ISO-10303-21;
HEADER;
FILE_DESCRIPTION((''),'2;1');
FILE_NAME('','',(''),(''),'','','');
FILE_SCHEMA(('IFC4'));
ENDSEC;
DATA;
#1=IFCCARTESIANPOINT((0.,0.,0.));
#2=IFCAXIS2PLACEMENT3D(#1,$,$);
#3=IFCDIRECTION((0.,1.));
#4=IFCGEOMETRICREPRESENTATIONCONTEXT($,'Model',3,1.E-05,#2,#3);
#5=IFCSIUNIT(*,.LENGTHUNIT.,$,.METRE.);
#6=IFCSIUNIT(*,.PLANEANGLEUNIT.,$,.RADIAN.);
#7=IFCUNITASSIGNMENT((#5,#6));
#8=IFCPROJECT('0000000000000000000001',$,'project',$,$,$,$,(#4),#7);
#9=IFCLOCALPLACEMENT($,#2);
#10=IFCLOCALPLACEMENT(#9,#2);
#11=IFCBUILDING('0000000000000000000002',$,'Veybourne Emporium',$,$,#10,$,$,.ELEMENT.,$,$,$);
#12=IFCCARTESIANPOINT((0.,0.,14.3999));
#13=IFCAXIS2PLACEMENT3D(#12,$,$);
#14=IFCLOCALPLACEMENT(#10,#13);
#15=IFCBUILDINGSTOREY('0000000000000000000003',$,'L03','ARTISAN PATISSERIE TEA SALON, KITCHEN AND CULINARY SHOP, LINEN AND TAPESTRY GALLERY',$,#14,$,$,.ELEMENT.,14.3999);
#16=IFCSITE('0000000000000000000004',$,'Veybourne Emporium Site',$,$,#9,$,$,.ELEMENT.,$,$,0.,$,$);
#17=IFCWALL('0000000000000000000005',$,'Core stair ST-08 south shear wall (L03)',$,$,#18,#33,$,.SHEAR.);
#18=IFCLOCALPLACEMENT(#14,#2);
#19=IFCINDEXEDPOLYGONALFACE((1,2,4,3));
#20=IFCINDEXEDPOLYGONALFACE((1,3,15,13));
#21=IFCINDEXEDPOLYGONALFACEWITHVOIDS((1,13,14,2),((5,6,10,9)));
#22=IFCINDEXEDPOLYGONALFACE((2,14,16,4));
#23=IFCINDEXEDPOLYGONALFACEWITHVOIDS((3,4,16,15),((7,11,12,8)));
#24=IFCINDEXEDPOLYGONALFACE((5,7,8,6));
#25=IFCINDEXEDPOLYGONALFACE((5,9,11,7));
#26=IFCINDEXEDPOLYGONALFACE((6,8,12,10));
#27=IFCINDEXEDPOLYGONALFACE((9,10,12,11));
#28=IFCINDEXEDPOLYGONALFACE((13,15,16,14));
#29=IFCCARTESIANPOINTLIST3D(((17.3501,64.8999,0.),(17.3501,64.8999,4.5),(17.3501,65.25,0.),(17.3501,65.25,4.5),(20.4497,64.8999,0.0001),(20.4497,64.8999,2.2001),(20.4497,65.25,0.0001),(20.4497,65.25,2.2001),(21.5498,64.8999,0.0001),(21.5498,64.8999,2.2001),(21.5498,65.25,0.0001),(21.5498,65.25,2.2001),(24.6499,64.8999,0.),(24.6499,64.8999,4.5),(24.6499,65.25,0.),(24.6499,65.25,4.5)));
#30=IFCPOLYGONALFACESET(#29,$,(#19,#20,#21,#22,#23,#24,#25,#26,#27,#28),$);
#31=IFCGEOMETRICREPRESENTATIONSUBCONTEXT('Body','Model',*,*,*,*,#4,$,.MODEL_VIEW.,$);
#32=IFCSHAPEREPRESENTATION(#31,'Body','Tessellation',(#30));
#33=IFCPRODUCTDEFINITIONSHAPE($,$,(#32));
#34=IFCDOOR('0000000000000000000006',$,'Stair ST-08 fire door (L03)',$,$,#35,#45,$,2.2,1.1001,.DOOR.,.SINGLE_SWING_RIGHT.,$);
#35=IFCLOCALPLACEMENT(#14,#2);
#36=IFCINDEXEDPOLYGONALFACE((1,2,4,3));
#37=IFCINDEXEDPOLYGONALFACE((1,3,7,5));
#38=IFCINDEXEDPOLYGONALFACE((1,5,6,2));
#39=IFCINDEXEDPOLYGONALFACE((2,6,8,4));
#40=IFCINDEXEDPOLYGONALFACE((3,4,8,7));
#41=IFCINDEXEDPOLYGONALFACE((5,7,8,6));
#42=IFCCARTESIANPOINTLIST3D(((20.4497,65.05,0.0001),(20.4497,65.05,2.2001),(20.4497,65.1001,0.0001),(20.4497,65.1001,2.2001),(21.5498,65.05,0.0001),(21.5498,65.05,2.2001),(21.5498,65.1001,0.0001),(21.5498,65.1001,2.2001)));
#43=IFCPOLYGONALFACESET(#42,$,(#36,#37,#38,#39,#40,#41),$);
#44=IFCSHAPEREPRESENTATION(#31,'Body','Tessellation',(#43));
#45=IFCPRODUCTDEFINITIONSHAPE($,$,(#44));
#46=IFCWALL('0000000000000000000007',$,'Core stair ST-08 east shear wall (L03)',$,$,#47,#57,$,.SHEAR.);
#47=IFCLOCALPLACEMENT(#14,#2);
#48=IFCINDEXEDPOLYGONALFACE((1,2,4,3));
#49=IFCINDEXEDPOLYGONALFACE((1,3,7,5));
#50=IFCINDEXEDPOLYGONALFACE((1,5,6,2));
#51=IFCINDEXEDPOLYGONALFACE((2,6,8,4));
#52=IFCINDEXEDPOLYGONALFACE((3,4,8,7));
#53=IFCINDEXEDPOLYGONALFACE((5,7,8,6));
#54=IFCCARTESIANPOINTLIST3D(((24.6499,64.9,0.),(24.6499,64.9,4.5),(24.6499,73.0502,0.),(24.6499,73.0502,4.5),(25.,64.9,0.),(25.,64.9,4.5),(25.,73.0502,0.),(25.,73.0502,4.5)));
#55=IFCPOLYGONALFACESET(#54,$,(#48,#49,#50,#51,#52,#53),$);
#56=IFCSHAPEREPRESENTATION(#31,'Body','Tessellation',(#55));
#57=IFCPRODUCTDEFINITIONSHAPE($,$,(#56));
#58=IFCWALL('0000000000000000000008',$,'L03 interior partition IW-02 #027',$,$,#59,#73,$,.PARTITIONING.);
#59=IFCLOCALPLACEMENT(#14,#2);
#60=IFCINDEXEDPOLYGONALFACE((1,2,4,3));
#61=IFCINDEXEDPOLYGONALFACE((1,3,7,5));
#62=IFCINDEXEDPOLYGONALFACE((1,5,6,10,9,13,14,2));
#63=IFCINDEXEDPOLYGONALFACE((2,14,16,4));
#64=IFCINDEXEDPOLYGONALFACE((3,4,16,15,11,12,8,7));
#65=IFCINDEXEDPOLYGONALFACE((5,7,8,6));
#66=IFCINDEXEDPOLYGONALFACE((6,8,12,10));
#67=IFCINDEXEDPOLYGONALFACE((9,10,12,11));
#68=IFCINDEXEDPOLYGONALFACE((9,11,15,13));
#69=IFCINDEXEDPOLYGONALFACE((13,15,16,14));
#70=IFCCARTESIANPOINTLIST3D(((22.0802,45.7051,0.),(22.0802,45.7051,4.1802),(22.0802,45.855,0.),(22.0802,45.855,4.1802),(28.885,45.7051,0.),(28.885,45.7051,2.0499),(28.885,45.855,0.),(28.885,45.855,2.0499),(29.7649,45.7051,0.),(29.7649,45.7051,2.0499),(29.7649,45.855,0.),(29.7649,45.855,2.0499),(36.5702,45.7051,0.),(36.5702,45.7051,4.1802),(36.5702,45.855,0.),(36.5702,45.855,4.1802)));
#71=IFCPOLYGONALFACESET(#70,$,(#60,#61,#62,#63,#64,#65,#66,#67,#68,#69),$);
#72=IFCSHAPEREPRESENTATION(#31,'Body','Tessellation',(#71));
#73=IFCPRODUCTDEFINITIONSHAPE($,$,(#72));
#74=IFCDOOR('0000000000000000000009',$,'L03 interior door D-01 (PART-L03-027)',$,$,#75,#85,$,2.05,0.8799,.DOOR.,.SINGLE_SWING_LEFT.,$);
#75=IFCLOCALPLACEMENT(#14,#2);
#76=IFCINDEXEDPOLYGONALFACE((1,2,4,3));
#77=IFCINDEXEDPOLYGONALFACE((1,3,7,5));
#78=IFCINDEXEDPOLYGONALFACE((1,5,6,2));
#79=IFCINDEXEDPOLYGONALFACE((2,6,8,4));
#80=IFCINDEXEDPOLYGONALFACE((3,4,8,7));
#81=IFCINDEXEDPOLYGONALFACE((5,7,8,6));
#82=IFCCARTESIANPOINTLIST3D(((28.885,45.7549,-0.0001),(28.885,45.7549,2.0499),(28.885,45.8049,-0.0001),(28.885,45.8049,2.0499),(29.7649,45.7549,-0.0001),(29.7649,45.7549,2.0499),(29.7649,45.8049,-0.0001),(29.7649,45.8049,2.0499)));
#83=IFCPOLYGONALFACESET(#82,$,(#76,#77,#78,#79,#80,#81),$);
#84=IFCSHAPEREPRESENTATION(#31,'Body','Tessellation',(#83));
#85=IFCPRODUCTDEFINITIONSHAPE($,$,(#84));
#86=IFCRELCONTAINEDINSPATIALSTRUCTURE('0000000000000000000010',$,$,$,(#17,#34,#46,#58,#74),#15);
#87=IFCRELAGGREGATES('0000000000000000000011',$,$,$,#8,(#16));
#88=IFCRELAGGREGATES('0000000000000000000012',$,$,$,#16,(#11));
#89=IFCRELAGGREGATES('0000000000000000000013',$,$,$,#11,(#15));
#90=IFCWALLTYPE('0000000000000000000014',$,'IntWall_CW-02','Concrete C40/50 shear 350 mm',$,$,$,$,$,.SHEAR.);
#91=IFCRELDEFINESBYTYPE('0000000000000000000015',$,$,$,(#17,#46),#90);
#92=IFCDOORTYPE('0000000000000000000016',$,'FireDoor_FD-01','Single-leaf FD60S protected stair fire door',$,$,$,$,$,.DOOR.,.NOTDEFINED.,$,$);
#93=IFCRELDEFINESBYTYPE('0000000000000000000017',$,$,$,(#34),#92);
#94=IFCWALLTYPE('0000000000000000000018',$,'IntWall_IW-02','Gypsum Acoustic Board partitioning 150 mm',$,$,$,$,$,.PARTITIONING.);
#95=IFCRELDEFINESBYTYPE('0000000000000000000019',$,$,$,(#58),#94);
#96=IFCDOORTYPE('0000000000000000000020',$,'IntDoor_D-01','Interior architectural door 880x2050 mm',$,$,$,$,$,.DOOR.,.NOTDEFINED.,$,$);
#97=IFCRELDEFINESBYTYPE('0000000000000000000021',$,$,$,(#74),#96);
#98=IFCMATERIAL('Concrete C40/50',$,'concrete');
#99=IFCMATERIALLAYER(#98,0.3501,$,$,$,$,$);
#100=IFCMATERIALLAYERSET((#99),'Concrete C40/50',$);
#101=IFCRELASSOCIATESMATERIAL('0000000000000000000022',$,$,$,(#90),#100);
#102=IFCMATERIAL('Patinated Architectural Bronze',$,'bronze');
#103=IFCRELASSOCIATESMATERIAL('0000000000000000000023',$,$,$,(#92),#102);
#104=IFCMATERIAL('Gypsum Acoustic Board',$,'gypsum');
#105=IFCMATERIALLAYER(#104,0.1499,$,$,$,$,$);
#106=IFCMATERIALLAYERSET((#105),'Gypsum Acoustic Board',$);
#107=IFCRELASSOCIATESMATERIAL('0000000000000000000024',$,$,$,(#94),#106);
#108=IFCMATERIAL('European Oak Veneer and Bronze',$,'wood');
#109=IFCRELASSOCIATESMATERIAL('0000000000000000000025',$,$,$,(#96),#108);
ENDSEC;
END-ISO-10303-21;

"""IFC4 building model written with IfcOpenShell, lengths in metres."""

from ifc_helpers import new_model, si_unit, direction, frame, frame_2d, origin, place, context, subcontext, project, spatial, rectangle, extrude, material, layer, layer_set, type_object, element, fill, save


model = new_model("IFC4")

# Units and contexts
model_context = context("Model", 3, precision=1e-05, world=origin(), true_north=direction((0.0, 1.0)))
body_context = subcontext(model_context, "Body", "Model", "MODEL_VIEW")
ifc_project = project(units=[si_unit("LENGTHUNIT", "METRE"), si_unit("PLANEANGLEUNIT", "RADIAN")], contexts=[model_context])

# Site, building, storey
site_placement = place(None, origin())
site = spatial("IfcSite", under=ifc_project, at=site_placement, Name="Veybourne Emporium Site", CompositionType="ELEMENT", RefElevation=0.0)
building_placement = place(site_placement, origin())
building = spatial("IfcBuilding", under=site, at=building_placement, Name="Veybourne Emporium", CompositionType="ELEMENT")
storey_placement = place(building_placement, frame((0.0, 0.0, 14.3999)))
storey = spatial("IfcBuildingStorey", under=building, at=storey_placement, Name="L03", Description="ARTISAN PATISSERIE TEA SALON, KITCHEN AND CULINARY SHOP, LINEN AND TAPESTRY GALLERY", CompositionType="ELEMENT", Elevation=14.3999)

# Shared definitions
ifc_material_1 = material(Name="Concrete C40/50", Category="concrete")

# Wall, opening, door
ifc_layer_1 = layer(ifc_material_1, 0.3501)
ifc_layer_set_1 = layer_set([ifc_layer_1], Name="Concrete C40/50")
wall_type_1 = type_object("IfcWallType", Name="IntWall_CW-02", Description="Concrete C40/50 shear 350 mm", PredefinedType="SHEAR", material=ifc_layer_set_1)
wall_1_placement = place(storey_placement, frame((24.6499, 65.075, 0.0), z_axis=(0.0, 0.0, 1.0), x_axis=(-1.0, 0.0, 0.0)))
wall_1 = element("IfcWall", 1, at=wall_1_placement, inside=storey, type_object=wall_type_1, Name="Core stair ST-08 south shear wall (L03)", PredefinedType="SHEAR", context=body_context, shape_type="SweptSolid", body=[
    extrude(rectangle(XDim=7.2998, YDim=0.3501, at=frame_2d((3.6499, 0.0))), origin(), (0.0, 0.0, 1.0), 4.5),
])
opening_1_placement = place(wall_1_placement, frame((3.1001, 0.0, 0.0)))
opening_1 = element("IfcOpeningElement", 2, at=opening_1_placement, cuts=wall_1, PredefinedType="OPENING", context=body_context, shape_type="SweptSolid", body=[
    extrude(rectangle(XDim=1.1001, YDim=2.2, at=frame_2d((0.55, 1.1001))), frame((0.0, 0.1951, 0.0), z_axis=(0.0, -1.0, 0.0), x_axis=(1.0, 0.0, 0.0)), (0.0, 0.0, 1.0), 0.3901),
])
ifc_material_2 = material(Name="Patinated Architectural Bronze", Category="bronze")
door_type_1 = type_object("IfcDoorType", Name="FireDoor_FD-01", Description="Single-leaf FD60S protected stair fire door", OperationType="NOTDEFINED", PredefinedType="DOOR", material=ifc_material_2)
door_1_placement = place(opening_1_placement, origin())
door_1 = element("IfcDoor", 3, at=door_1_placement, inside=storey, type_object=door_type_1, Name="Stair ST-08 fire door (L03)", OperationType="SINGLE_SWING_RIGHT", OverallHeight=2.2, OverallWidth=1.1001, PredefinedType="DOOR", context=body_context, shape_type="SweptSolid", body=[
    extrude(rectangle(XDim=1.1001, YDim=2.2, at=frame_2d((0.55, 1.1001))), frame((0.0, 0.0249, 0.0), z_axis=(0.0, -1.0, 0.0), x_axis=(1.0, 0.0, 0.0)), (0.0, 0.0, 1.0), 0.05),
])
fill(opening_1, door_1)

# Wall
wall_2_placement = place(storey_placement, frame((24.825, 64.8999, 0.0), z_axis=(0.0, 0.0, 1.0), x_axis=(0.0, 1.0, 0.0)))
element("IfcWall", 4, at=wall_2_placement, inside=storey, type_object=wall_type_1, Name="Core stair ST-08 east shear wall (L03)", PredefinedType="SHEAR", context=body_context, shape_type="SweptSolid", body=[
    extrude(rectangle(XDim=8.1501, YDim=0.3501, at=frame_2d((4.0752, 0.0))), origin(), (0.0, 0.0, 1.0), 4.5),
])

# Wall, opening, door
ifc_material_3 = material(Name="Gypsum Acoustic Board", Category="gypsum")
ifc_layer_2 = layer(ifc_material_3, 0.1499)
ifc_layer_set_2 = layer_set([ifc_layer_2], Name="Gypsum Acoustic Board")
wall_type_2 = type_object("IfcWallType", Name="IntWall_IW-02", Description="Gypsum Acoustic Board partitioning 150 mm", PredefinedType="PARTITIONING", material=ifc_layer_set_2)
wall_3_placement = place(storey_placement, frame((22.0801, 45.78, 0.0), z_axis=(0.0, 0.0, 1.0), x_axis=(1.0, 0.0, 0.0)))
wall_3 = element("IfcWall", 5, at=wall_3_placement, inside=storey, type_object=wall_type_2, Name="L03 interior partition IW-02 #027", PredefinedType="PARTITIONING", context=body_context, shape_type="SweptSolid", body=[
    extrude(rectangle(XDim=14.49, YDim=0.1499, at=frame_2d((7.2451, 0.0))), origin(), (0.0, 0.0, 1.0), 4.1802),
])
opening_2_placement = place(wall_3_placement, frame((6.8049, 0.0, 0.0)))
opening_2 = element("IfcOpeningElement", 6, at=opening_2_placement, cuts=wall_3, PredefinedType="OPENING", context=body_context, shape_type="SweptSolid", body=[
    extrude(rectangle(XDim=0.8799, YDim=2.05, at=frame_2d((0.4399, 1.0249))), frame((0.0, 0.095, 0.0), z_axis=(0.0, -1.0, 0.0), x_axis=(1.0, 0.0, 0.0)), (0.0, 0.0, 1.0), 0.1899),
])
ifc_material_4 = material(Name="European Oak Veneer and Bronze", Category="wood")
door_type_2 = type_object("IfcDoorType", Name="IntDoor_D-01", Description="Interior architectural door 880x2050 mm", OperationType="NOTDEFINED", PredefinedType="DOOR", material=ifc_material_4)
door_2_placement = place(opening_2_placement, origin())
door_2 = element("IfcDoor", 7, at=door_2_placement, inside=storey, type_object=door_type_2, Name="L03 interior door D-01 (PART-L03-027)", OperationType="SINGLE_SWING_LEFT", OverallHeight=2.05, OverallWidth=0.8799, PredefinedType="DOOR", context=body_context, shape_type="SweptSolid", body=[
    extrude(rectangle(XDim=0.8799, YDim=2.05, at=frame_2d((0.4399, 1.0249))), frame((0.0, 0.0249, 0.0), z_axis=(0.0, -1.0, 0.0), x_axis=(1.0, 0.0, 0.0)), (0.0, 0.0, 1.0), 0.05),
])
fill(opening_2, door_2)

save(model, "model.ifc")
